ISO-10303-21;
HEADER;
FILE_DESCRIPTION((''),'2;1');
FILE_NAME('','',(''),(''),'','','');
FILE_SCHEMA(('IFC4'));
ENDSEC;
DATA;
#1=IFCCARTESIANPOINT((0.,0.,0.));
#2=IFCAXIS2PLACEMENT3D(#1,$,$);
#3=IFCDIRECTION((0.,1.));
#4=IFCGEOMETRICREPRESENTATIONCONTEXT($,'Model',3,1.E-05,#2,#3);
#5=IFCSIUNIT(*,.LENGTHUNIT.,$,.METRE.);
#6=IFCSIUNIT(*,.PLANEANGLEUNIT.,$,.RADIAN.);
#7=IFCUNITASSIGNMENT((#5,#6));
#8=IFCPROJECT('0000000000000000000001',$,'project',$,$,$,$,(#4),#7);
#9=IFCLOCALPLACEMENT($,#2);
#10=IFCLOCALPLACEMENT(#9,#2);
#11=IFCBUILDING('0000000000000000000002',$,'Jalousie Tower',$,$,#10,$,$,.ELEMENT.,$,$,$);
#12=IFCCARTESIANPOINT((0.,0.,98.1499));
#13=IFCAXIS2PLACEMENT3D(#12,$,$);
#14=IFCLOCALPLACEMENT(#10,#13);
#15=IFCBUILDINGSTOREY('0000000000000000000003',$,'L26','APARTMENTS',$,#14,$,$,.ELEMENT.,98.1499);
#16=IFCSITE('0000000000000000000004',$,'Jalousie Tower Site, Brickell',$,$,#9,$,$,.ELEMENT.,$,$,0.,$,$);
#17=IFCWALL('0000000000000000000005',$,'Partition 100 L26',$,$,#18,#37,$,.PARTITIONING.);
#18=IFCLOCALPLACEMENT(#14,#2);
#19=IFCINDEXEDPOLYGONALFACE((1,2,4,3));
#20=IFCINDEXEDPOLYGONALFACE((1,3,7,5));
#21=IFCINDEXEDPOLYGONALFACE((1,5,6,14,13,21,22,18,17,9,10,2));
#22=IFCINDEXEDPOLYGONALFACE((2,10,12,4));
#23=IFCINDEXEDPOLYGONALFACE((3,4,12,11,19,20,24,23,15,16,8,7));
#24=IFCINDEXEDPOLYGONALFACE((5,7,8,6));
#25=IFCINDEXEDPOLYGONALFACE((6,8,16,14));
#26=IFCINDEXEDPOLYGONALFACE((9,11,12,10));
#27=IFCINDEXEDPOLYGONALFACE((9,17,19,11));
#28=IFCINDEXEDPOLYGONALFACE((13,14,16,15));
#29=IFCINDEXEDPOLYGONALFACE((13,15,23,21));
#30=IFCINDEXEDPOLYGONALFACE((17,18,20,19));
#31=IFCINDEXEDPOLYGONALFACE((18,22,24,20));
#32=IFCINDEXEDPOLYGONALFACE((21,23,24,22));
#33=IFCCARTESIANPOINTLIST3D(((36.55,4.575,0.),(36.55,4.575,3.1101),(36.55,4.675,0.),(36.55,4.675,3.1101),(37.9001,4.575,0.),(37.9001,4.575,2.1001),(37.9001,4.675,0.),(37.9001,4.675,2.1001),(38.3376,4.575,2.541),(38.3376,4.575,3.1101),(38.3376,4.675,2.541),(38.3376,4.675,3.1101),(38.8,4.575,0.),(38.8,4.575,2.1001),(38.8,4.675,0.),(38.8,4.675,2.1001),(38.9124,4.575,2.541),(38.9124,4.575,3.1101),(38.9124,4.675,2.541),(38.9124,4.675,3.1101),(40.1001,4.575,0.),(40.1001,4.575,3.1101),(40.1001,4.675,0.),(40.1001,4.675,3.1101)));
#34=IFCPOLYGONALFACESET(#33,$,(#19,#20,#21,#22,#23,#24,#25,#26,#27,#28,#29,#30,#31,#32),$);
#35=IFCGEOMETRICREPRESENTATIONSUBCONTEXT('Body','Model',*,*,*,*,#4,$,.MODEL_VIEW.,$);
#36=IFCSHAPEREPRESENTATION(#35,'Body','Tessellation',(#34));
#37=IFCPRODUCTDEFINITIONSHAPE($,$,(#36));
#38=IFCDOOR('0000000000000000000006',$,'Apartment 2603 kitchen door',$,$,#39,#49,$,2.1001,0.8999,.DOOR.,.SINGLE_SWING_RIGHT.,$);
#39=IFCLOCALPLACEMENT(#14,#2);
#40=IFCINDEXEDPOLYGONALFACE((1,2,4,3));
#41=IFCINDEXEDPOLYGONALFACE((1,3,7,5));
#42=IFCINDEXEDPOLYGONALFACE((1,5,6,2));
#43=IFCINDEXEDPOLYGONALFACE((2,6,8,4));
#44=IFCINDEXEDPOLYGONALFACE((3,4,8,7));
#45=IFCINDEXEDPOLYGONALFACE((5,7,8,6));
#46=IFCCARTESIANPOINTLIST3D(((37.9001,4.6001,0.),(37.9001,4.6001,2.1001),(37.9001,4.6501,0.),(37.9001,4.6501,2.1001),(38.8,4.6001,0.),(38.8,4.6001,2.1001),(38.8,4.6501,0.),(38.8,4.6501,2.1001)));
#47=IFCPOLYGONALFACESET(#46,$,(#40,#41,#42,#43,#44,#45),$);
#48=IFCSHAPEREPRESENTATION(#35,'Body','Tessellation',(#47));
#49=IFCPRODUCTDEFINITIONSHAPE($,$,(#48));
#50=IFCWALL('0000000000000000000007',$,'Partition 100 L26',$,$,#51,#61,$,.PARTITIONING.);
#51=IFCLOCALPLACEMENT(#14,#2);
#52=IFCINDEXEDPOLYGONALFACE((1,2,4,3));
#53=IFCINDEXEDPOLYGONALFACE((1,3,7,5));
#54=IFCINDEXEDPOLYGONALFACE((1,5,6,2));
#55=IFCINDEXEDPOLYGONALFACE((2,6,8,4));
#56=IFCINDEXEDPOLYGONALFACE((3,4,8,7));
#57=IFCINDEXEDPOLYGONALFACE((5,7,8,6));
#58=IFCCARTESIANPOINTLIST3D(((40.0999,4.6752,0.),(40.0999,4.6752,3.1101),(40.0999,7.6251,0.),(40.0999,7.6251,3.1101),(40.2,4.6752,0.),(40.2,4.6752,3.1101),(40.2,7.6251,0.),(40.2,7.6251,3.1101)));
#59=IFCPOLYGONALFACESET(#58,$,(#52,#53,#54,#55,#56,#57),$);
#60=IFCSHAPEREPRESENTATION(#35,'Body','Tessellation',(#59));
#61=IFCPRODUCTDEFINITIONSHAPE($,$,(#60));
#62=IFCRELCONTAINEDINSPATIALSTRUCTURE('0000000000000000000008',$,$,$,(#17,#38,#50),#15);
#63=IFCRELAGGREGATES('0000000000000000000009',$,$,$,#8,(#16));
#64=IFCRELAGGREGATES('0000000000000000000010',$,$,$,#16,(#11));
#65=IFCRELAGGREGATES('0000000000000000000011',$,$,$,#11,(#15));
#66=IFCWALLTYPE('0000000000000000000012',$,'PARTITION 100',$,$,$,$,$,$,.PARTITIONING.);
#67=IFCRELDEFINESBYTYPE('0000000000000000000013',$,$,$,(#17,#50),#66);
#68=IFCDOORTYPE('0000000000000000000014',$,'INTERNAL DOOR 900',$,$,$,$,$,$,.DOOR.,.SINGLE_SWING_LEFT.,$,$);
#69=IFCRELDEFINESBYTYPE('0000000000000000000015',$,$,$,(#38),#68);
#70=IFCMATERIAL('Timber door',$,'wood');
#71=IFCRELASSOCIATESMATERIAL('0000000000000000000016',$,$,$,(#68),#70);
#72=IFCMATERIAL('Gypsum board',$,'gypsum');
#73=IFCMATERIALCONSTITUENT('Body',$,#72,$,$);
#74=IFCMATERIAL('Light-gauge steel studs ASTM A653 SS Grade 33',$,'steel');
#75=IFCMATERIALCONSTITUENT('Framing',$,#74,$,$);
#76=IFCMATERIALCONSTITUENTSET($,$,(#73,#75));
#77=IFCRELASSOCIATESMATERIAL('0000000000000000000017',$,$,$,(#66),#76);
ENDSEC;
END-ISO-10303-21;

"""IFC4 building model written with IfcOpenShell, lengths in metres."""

from ifc_helpers import new_model, si_unit, direction, frame, frame_2d, origin, place, context, subcontext, project, spatial, polyline, rectangle, outline, extrude, material, constituent, constituent_set, type_object, element, fill, save


model = new_model("IFC4")

# Units and contexts
model_context = context("Model", 3, precision=1e-05, world=origin(), true_north=direction((0.0, 1.0)))
body_context = subcontext(model_context, "Body", "Model", "MODEL_VIEW")
ifc_project = project(units=[si_unit("LENGTHUNIT", "METRE"), si_unit("PLANEANGLEUNIT", "RADIAN")], contexts=[model_context])

# Site, building, storey
site_placement = place(None, origin())
site = spatial("IfcSite", under=ifc_project, at=site_placement, Name="Jalousie Tower Site, Brickell", CompositionType="ELEMENT", RefElevation=0.0)
building_placement = place(site_placement, origin())
building = spatial("IfcBuilding", under=site, at=building_placement, Name="Jalousie Tower", CompositionType="ELEMENT")
storey_placement = place(building_placement, frame((0.0, 0.0, 98.1499)))
storey = spatial("IfcBuildingStorey", under=building, at=storey_placement, Name="L26", Description="APARTMENTS", CompositionType="ELEMENT", Elevation=98.1499)

# Shared definitions
ifc_material_1 = material(Name="Timber door", Category="wood")
door_type_1 = type_object("IfcDoorType", Name="INTERNAL DOOR 900", OperationType="SINGLE_SWING_LEFT", PredefinedType="DOOR", material=ifc_material_1)

# Shared definitions
ifc_material_2 = material(Name="Gypsum board", Category="gypsum")
ifc_constituent_1 = constituent(ifc_material_2, Name="Body")
ifc_material_3 = material(Name="Light-gauge steel studs ASTM A653 SS Grade 33", Category="steel")
ifc_constituent_2 = constituent(ifc_material_3, Name="Framing")
ifc_constituent_set_1 = constituent_set(constituents=[ifc_constituent_1, ifc_constituent_2])
wall_type_1 = type_object("IfcWallType", Name="PARTITION 100", PredefinedType="PARTITIONING", material=ifc_constituent_set_1)

# Wall, opening, door
wall_1_placement = place(storey_placement, frame((36.55, 4.625, 0.0), z_axis=(0.0, 0.0, 1.0), x_axis=(1.0, 0.0, 0.0)))
wall_1 = element("IfcWall", 1, at=wall_1_placement, inside=storey, type_object=wall_type_1, Name="Partition 100 L26", PredefinedType="PARTITIONING", context=body_context, shape_type="SweptSolid", body=[
    extrude(outline(polyline([(0.0, 0.0), (3.55, 0.0), (3.55, 3.1101), (2.3623, 3.1101), (2.3623, 2.541), (1.7876, 2.541), (1.7876, 3.1101), (0.0, 3.1101), (0.0, 0.0)])), frame((0.0, 0.05, 0.0), z_axis=(0.0, -1.0, 0.0), x_axis=(1.0, 0.0, 0.0)), (0.0, 0.0, 1.0), 0.1001),
])
opening_1_placement = place(wall_1_placement, frame((1.3501, 0.0, 0.0)))
opening_1 = element("IfcOpeningElement", 2, at=opening_1_placement, cuts=wall_1, PredefinedType="OPENING", context=body_context, shape_type="SweptSolid", body=[
    extrude(rectangle(XDim=0.8999, YDim=2.1001, at=frame_2d((0.45, 1.05))), frame((0.0, 0.0601, 0.0), z_axis=(0.0, -1.0, 0.0), x_axis=(1.0, 0.0, 0.0)), (0.0, 0.0, 1.0), 0.1201),
])
door_1_placement = place(opening_1_placement, frame((0.8999, 0.0, 0.0), z_axis=(0.0, 0.0, 1.0), x_axis=(-1.0, 0.0, 0.0)))
door_1 = element("IfcDoor", 3, at=door_1_placement, inside=storey, type_object=door_type_1, Name="Apartment 2603 kitchen door", OperationType="SINGLE_SWING_RIGHT", OverallHeight=2.1001, OverallWidth=0.8999, PredefinedType="DOOR", context=body_context, shape_type="SweptSolid", body=[
    extrude(rectangle(XDim=0.8999, YDim=2.1001, at=frame_2d((0.45, 1.05))), frame((0.0, 0.0249, 0.0), z_axis=(0.0, -1.0, 0.0), x_axis=(1.0, 0.0, 0.0)), (0.0, 0.0, 1.0), 0.05),
])
fill(opening_1, door_1)

# Wall
wall_2_placement = place(storey_placement, frame((40.1499, 4.675, 0.0), z_axis=(0.0, 0.0, 1.0), x_axis=(0.0, 1.0, 0.0)))
element("IfcWall", 4, at=wall_2_placement, inside=storey, type_object=wall_type_1, Name="Partition 100 L26", PredefinedType="PARTITIONING", context=body_context, shape_type="SweptSolid", body=[
    extrude(rectangle(XDim=2.95, YDim=0.1001, at=frame_2d((1.4751, 0.0))), origin(), (0.0, 0.0, 1.0), 3.1101),
])

save(model, "model.ifc")
